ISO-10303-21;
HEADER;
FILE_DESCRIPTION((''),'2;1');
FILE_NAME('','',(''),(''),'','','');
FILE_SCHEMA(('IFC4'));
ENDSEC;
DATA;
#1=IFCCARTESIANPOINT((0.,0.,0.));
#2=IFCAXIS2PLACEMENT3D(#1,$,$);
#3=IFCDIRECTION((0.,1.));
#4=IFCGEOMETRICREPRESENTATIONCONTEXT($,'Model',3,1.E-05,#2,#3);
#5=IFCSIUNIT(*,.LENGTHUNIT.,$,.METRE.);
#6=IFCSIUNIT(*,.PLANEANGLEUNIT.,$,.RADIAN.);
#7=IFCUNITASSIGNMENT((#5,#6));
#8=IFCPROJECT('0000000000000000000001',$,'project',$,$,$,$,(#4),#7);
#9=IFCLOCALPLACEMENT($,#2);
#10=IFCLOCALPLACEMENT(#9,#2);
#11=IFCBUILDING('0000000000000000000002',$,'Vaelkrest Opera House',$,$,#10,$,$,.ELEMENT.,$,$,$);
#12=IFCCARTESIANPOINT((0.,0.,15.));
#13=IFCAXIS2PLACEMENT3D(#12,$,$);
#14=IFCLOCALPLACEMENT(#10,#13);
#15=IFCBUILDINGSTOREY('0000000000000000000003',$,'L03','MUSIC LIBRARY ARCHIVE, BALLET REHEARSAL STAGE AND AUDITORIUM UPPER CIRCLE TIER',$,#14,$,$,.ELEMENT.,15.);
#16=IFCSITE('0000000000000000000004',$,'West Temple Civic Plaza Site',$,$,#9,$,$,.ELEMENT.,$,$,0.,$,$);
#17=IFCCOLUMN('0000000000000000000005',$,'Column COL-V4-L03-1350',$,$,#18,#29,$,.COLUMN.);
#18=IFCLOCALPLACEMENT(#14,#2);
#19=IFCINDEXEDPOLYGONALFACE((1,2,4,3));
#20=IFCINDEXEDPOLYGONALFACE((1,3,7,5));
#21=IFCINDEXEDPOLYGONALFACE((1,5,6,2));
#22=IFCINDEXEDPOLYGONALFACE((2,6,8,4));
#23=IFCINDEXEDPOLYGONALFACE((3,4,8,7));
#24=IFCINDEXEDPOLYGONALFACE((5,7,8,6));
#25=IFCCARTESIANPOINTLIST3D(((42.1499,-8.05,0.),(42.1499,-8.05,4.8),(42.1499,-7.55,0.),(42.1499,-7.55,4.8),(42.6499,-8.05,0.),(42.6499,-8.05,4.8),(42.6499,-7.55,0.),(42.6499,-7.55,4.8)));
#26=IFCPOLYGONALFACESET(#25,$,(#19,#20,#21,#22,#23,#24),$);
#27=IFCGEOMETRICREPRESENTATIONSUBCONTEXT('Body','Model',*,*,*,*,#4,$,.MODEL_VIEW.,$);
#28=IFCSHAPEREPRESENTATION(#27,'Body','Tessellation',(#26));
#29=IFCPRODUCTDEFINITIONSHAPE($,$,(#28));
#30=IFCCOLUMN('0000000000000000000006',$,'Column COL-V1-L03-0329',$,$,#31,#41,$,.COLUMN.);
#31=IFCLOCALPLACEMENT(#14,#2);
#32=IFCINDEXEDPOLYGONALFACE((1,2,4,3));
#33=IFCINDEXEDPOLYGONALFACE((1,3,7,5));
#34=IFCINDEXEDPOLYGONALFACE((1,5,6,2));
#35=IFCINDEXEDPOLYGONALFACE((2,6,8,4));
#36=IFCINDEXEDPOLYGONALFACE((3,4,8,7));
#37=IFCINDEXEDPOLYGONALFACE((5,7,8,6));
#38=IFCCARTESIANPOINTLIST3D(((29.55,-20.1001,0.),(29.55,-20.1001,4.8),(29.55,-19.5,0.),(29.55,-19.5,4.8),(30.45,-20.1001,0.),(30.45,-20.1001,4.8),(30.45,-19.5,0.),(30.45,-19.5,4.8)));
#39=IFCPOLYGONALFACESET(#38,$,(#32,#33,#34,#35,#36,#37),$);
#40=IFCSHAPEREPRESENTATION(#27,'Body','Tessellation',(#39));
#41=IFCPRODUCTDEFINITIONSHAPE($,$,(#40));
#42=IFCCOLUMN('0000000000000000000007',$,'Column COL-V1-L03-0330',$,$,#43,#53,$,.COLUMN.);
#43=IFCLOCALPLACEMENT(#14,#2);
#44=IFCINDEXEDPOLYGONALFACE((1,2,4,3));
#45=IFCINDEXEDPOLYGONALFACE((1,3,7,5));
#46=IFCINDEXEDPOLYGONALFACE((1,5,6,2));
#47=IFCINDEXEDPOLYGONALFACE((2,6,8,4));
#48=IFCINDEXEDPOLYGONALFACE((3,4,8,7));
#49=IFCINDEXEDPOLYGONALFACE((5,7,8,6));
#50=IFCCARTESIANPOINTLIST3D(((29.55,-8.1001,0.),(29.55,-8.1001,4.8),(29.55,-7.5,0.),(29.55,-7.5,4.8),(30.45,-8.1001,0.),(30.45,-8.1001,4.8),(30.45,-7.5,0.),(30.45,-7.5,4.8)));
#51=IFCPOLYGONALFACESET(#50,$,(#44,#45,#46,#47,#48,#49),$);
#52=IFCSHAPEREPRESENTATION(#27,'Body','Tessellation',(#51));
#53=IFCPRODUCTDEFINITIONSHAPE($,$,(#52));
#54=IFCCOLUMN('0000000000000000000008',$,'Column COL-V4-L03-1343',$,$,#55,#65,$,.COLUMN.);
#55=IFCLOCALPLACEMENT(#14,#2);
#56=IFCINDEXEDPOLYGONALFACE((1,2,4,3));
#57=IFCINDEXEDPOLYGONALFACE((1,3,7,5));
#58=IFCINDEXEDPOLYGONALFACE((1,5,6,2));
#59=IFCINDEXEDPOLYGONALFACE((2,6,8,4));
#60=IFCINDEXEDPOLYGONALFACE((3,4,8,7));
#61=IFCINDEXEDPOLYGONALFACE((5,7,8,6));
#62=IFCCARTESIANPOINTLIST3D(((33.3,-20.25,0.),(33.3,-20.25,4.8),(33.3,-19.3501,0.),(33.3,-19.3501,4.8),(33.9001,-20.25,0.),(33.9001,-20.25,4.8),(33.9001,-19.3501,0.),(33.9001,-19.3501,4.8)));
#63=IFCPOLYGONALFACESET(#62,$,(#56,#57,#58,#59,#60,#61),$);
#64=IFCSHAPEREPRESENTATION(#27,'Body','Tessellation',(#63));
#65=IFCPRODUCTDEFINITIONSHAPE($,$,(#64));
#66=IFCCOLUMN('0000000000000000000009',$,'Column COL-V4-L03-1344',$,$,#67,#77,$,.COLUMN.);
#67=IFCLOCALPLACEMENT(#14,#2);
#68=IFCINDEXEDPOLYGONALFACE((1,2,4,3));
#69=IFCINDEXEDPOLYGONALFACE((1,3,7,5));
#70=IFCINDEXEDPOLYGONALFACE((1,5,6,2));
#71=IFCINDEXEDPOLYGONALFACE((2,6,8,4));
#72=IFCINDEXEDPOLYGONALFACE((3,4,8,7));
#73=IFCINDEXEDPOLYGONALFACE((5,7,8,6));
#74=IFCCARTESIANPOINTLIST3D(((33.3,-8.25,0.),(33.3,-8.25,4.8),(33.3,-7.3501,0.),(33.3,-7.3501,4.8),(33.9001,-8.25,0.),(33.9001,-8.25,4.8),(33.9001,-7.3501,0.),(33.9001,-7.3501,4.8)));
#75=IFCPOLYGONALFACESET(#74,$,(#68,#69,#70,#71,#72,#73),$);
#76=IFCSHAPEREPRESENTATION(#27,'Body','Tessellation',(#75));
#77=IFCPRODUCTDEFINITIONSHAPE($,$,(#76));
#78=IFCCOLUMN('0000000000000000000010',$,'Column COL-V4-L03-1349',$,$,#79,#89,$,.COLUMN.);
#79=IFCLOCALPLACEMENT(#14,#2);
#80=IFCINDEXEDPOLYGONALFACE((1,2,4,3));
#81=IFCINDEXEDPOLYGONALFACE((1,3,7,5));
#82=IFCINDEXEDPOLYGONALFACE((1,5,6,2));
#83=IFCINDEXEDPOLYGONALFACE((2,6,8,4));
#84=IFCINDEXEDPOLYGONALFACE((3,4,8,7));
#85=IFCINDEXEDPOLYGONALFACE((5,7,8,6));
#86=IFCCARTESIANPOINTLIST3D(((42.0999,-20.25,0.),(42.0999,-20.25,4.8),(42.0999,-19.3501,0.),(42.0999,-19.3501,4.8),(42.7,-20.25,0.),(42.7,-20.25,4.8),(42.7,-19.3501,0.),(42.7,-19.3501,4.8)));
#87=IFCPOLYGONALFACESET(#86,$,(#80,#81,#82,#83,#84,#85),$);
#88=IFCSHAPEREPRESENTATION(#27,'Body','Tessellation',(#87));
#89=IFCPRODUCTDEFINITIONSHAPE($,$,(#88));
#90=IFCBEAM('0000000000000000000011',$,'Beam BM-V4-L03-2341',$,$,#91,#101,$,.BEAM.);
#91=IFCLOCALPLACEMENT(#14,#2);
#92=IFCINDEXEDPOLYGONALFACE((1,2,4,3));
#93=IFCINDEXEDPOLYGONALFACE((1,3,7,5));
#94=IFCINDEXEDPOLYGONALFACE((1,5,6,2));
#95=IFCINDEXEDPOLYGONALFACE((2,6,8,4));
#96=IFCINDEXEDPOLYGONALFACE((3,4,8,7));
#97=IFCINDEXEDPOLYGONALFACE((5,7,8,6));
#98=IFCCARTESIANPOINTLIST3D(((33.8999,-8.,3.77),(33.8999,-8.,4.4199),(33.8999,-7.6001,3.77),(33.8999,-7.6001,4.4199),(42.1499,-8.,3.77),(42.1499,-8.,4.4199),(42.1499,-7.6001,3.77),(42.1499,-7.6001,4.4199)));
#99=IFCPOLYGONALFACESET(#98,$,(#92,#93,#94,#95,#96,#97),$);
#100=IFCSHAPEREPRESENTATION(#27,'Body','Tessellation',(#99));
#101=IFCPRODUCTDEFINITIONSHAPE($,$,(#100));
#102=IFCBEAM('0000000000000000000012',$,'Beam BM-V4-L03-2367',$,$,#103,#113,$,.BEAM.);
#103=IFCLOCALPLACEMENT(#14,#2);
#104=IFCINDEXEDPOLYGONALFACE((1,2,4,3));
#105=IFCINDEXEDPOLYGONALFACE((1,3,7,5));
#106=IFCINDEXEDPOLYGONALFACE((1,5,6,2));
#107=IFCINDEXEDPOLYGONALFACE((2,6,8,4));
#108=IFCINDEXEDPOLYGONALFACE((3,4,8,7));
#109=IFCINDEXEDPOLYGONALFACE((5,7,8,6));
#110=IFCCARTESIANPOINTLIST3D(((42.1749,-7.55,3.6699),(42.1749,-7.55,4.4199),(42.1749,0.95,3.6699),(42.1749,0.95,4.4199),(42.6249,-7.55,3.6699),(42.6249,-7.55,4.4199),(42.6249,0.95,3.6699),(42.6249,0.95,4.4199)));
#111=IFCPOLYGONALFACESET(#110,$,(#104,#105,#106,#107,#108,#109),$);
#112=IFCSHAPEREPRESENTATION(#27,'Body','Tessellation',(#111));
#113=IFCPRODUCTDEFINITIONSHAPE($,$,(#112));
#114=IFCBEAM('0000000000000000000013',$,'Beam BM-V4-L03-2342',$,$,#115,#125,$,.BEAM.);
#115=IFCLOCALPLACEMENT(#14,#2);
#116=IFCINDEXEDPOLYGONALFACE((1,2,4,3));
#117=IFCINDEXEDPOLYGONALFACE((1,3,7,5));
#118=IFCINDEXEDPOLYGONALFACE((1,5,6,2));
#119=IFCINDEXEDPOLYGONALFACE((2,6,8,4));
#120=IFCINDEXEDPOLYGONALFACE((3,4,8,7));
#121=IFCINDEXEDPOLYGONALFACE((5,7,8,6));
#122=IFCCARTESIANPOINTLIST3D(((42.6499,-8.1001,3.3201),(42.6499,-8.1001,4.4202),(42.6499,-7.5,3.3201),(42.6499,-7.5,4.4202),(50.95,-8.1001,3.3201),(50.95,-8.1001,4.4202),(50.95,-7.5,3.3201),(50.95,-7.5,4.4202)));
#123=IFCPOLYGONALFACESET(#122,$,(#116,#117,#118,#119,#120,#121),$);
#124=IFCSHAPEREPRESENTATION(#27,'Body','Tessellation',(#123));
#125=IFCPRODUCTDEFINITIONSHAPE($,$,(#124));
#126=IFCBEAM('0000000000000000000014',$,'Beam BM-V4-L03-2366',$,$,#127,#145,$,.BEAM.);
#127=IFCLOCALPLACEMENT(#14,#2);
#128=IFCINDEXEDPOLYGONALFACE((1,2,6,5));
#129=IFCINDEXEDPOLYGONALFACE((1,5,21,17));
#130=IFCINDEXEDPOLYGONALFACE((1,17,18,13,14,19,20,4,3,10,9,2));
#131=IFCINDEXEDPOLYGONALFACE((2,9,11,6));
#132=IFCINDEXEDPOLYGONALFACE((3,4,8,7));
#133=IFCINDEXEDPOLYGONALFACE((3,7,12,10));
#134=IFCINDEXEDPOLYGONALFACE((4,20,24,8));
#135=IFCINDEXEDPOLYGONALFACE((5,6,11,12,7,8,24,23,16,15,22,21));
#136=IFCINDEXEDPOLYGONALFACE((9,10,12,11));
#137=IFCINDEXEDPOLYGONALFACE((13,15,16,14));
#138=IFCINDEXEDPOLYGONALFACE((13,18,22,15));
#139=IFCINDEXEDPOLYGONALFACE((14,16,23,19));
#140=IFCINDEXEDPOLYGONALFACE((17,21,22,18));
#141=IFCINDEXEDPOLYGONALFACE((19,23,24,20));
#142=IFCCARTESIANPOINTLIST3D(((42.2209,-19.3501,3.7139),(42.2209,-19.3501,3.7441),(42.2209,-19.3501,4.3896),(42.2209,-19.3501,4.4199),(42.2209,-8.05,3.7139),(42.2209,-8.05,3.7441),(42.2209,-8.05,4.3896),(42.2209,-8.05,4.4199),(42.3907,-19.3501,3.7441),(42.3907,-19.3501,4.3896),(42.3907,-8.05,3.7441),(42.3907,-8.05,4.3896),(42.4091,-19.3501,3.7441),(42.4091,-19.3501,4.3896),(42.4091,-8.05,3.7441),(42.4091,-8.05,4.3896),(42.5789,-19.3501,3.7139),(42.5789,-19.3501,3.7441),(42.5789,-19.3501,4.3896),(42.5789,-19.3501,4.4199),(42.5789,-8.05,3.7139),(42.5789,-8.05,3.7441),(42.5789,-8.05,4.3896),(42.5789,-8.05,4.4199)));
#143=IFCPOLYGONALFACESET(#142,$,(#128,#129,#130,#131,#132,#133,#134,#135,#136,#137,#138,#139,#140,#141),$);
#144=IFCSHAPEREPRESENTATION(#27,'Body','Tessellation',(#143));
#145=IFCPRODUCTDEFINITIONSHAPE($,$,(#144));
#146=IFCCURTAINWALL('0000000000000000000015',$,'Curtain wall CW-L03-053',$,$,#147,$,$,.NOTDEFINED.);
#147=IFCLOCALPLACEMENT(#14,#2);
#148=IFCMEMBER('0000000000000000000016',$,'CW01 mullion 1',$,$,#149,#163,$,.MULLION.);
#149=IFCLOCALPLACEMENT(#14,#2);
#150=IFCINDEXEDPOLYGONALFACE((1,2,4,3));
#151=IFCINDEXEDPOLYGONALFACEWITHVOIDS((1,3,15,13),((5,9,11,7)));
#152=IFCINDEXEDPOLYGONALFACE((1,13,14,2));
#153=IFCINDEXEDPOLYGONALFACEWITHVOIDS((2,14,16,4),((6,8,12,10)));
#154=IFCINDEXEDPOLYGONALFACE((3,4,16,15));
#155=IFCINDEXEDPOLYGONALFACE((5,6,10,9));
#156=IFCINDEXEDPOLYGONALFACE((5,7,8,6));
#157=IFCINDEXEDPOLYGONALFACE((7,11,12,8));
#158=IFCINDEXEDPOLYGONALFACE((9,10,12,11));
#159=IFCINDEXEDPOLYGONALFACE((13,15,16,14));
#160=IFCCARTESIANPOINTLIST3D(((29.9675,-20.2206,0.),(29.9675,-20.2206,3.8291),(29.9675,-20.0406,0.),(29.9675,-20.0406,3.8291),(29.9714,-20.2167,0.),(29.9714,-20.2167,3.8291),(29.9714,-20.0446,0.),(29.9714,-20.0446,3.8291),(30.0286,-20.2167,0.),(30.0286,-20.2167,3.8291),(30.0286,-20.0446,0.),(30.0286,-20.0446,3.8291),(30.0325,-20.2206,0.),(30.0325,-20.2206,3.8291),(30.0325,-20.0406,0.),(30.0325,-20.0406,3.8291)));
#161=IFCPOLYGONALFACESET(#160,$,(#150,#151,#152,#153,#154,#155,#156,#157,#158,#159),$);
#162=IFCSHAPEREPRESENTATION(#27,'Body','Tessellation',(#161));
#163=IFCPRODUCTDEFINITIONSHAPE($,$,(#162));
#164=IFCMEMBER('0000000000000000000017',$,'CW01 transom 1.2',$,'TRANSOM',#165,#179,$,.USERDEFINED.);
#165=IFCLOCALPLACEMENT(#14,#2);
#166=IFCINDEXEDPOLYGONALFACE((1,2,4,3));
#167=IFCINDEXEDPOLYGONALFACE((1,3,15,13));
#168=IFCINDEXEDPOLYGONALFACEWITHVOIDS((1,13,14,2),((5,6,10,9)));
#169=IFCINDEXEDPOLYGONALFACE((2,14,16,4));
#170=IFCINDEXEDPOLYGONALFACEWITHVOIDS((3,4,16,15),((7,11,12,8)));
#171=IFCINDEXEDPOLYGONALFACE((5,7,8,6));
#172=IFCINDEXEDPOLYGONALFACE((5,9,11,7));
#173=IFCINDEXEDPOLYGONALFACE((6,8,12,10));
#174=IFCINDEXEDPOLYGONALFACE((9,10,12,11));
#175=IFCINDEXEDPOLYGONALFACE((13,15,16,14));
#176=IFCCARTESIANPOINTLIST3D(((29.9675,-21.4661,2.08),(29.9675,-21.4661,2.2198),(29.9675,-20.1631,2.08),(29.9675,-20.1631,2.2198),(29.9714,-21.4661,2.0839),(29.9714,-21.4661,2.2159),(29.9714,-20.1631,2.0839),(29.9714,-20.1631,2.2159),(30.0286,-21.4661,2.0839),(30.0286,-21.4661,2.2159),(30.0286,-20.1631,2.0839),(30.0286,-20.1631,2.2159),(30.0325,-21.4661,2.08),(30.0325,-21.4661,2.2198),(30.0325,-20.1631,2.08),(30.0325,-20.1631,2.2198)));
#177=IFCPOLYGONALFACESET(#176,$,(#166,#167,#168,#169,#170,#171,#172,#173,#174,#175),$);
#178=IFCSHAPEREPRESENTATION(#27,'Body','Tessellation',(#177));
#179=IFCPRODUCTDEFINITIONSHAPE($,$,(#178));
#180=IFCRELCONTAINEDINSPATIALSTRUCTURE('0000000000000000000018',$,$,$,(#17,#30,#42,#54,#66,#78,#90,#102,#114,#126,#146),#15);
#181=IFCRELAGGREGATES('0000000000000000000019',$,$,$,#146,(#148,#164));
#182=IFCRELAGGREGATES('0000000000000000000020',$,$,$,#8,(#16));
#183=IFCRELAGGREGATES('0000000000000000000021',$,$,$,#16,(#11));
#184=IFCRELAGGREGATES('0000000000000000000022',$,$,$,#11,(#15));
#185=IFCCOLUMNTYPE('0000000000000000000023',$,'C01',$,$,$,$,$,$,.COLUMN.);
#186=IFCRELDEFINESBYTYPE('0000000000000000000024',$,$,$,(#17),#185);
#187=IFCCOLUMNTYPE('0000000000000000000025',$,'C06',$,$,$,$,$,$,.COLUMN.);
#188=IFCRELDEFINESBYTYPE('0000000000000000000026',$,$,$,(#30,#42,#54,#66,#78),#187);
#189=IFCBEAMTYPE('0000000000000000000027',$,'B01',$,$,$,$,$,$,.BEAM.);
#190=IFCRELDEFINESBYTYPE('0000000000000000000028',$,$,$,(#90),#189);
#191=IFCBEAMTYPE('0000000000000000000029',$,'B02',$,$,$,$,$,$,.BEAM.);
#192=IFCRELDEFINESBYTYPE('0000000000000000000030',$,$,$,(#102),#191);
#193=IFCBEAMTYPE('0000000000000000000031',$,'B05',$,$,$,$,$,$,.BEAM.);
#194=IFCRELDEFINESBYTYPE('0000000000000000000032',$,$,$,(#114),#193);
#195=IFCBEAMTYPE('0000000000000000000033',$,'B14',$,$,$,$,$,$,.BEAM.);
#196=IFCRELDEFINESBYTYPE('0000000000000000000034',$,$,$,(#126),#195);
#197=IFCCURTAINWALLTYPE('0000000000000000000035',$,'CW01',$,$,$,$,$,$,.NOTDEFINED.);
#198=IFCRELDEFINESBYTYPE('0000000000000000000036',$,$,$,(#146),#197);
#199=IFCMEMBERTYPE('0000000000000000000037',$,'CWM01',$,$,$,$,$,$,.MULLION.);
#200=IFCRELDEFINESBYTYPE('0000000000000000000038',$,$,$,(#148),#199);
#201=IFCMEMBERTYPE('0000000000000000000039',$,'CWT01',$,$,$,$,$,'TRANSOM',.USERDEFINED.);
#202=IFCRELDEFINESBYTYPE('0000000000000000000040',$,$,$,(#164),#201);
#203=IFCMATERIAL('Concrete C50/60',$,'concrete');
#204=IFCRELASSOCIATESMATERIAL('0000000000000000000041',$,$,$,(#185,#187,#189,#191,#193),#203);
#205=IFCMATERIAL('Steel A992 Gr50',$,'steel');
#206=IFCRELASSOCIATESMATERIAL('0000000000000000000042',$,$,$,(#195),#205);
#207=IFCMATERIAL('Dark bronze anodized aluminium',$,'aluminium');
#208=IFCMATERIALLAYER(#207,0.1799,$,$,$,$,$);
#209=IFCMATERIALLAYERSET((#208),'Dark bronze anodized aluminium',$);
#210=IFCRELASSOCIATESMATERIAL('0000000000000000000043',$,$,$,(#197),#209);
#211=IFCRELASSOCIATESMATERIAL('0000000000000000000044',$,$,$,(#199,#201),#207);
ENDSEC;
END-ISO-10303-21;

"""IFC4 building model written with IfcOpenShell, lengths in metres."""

from ifc_helpers import new_model, si_unit, direction, frame, origin, origin_2d, place, context, subcontext, project, spatial, rectangle, hollow_rectangle, i_section, extrude, material, layer, layer_set, material_profile, profile_set, type_object, element, aggregate, save


model = new_model("IFC4")

# Units and contexts
model_context = context("Model", 3, precision=1e-05, world=origin(), true_north=direction((0.0, 1.0)))
body_context = subcontext(model_context, "Body", "Model", "MODEL_VIEW")
ifc_project = project(units=[si_unit("LENGTHUNIT", "METRE"), si_unit("PLANEANGLEUNIT", "RADIAN")], contexts=[model_context])

# Site, building, storey
site_placement = place(None, origin())
site = spatial("IfcSite", under=ifc_project, at=site_placement, Name="West Temple Civic Plaza Site", CompositionType="ELEMENT", RefElevation=0.0)
building_placement = place(site_placement, origin())
building = spatial("IfcBuilding", under=site, at=building_placement, Name="Vaelkrest Opera House", CompositionType="ELEMENT")
storey_placement = place(building_placement, frame((0.0, 0.0, 15.0)))
storey = spatial("IfcBuildingStorey", under=building, at=storey_placement, Name="L03", Description="MUSIC LIBRARY ARCHIVE, BALLET REHEARSAL STAGE AND AUDITORIUM UPPER CIRCLE TIER", CompositionType="ELEMENT", Elevation=15.0)

# Columns
ifc_material_1 = material(Name="Concrete C50/60", Category="concrete")
ifc_material_profile_1 = material_profile(ifc_material_1, rectangle(XDim=0.5, YDim=0.5, at=origin_2d()), Name="RC500X500")
ifc_profile_set_1 = profile_set([ifc_material_profile_1], Name="Concrete C50/60")
column_type_1 = type_object("IfcColumnType", Name="C01", PredefinedType="COLUMN", material=ifc_profile_set_1)
column_placement = place(storey_placement, frame((42.3999, -7.8, 0.0), z_axis=(0.0, 0.0, 1.0), x_axis=(1.0, 0.0, 0.0)))
element("IfcColumn", 1, at=column_placement, inside=storey, type_object=column_type_1, Name="Column COL-V4-L03-1350", PredefinedType="COLUMN", context=body_context, shape_type="SweptSolid", body=[
    extrude(rectangle(XDim=0.5, YDim=0.5, at=origin_2d()), origin(), (0.0, 0.0, 1.0), 4.8),
])
ifc_material_profile_2 = material_profile(ifc_material_1, rectangle(XDim=0.6001, YDim=0.8999, at=origin_2d()), Name="RC600X900")
ifc_profile_set_2 = profile_set([ifc_material_profile_2], Name="Concrete C50/60")
column_type_2 = type_object("IfcColumnType", Name="C06", PredefinedType="COLUMN", material=ifc_profile_set_2)
for number, where, z_axis, x_axis, name in (
    (2, (30.0, -19.8, 0.0), (0.0, 0.0, 1.0), (0.0, 1.0, 0.0), "Column COL-V1-L03-0329"),
    (3, (30.0, -7.8, 0.0), (0.0, 0.0, 1.0), (0.0, 1.0, 0.0), "Column COL-V1-L03-0330"),
    (4, (33.6001, -19.8, 0.0), (0.0, 0.0, 1.0), (1.0, 0.0, 0.0), "Column COL-V4-L03-1343"),
    (5, (33.6001, -7.8, 0.0), (0.0, 0.0, 1.0), (1.0, 0.0, 0.0), "Column COL-V4-L03-1344"),
    (6, (42.3999, -19.8, 0.0), (0.0, 0.0, 1.0), (1.0, 0.0, 0.0), "Column COL-V4-L03-1349"),
):
    element("IfcColumn", number, at=place(storey_placement, frame(where, z_axis=z_axis, x_axis=x_axis)), inside=storey, type_object=column_type_2, Name=name, PredefinedType="COLUMN", context=body_context, shape_type="SweptSolid", body=[
        extrude(rectangle(XDim=0.6001, YDim=0.8999, at=origin_2d()), origin(), (0.0, 0.0, 1.0), 4.8),
    ])

# Beams
ifc_material_profile_3 = material_profile(ifc_material_1, rectangle(XDim=0.3999, YDim=0.6499, at=origin_2d()), Name="RCB400X650")
ifc_profile_set_3 = profile_set([ifc_material_profile_3], Name="Concrete C50/60")
beam_type_1 = type_object("IfcBeamType", Name="B01", PredefinedType="BEAM", material=ifc_profile_set_3)
beam_1_placement = place(storey_placement, frame((33.8999, -7.8, 4.095), z_axis=(1.0, 0.0, 0.0), x_axis=(0.0, 1.0, 0.0)))
element("IfcBeam", 7, at=beam_1_placement, inside=storey, type_object=beam_type_1, Name="Beam BM-V4-L03-2341", PredefinedType="BEAM", context=body_context, shape_type="SweptSolid", body=[
    extrude(rectangle(XDim=0.3999, YDim=0.6499, at=origin_2d()), origin(), (0.0, 0.0, 1.0), 8.25),
])
ifc_material_profile_4 = material_profile(ifc_material_1, rectangle(XDim=0.45, YDim=0.75, at=origin_2d()), Name="RCB450X750")
ifc_profile_set_4 = profile_set([ifc_material_profile_4], Name="Concrete C50/60")
beam_type_2 = type_object("IfcBeamType", Name="B02", PredefinedType="BEAM", material=ifc_profile_set_4)
beam_2_placement = place(storey_placement, frame((42.3999, -7.55, 4.0449), z_axis=(0.0, 1.0, 0.0), x_axis=(-1.0, 0.0, 0.0)))
element("IfcBeam", 8, at=beam_2_placement, inside=storey, type_object=beam_type_2, Name="Beam BM-V4-L03-2367", PredefinedType="BEAM", context=body_context, shape_type="SweptSolid", body=[
    extrude(rectangle(XDim=0.45, YDim=0.75, at=origin_2d()), origin(), (0.0, 0.0, 1.0), 8.5),
])
ifc_material_profile_5 = material_profile(ifc_material_1, rectangle(XDim=0.6001, YDim=1.1001, at=origin_2d()), Name="RCB600X1100")
ifc_profile_set_5 = profile_set([ifc_material_profile_5], Name="Concrete C50/60")
beam_type_3 = type_object("IfcBeamType", Name="B05", PredefinedType="BEAM", material=ifc_profile_set_5)
beam_3_placement = place(storey_placement, frame((42.6499, -7.8, 3.8701), z_axis=(1.0, 0.0, 0.0), x_axis=(0.0, 1.0, 0.0)))
element("IfcBeam", 9, at=beam_3_placement, inside=storey, type_object=beam_type_3, Name="Beam BM-V4-L03-2342", PredefinedType="BEAM", context=body_context, shape_type="SweptSolid", body=[
    extrude(rectangle(XDim=0.6001, YDim=1.1001, at=origin_2d()), origin(), (0.0, 0.0, 1.0), 8.3),
])
ifc_material_2 = material(Name="Steel A992 Gr50", Category="steel")
ifc_material_profile_6 = material_profile(ifc_material_2, i_section(OverallWidth=0.3579, OverallDepth=0.7061, WebThickness=0.0183, FlangeThickness=0.0303, at=origin_2d()), Name="W27X178")
ifc_profile_set_6 = profile_set([ifc_material_profile_6], Name="Steel A992 Gr50")
beam_type_4 = type_object("IfcBeamType", Name="B14", PredefinedType="BEAM", material=ifc_profile_set_6)
beam_4_placement = place(storey_placement, frame((42.3999, -19.3501, 4.0669), z_axis=(0.0, 1.0, 0.0), x_axis=(-1.0, 0.0, 0.0)))
element("IfcBeam", 10, at=beam_4_placement, inside=storey, type_object=beam_type_4, Name="Beam BM-V4-L03-2366", PredefinedType="BEAM", context=body_context, shape_type="SweptSolid", body=[
    extrude(i_section(OverallWidth=0.3579, OverallDepth=0.7061, WebThickness=0.0183, FlangeThickness=0.0303, at=origin_2d()), origin(), (0.0, 0.0, 1.0), 11.3),
])

# Curtain wall, members
ifc_material_3 = material(Name="Dark bronze anodized aluminium", Category="aluminium")
ifc_layer_1 = layer(ifc_material_3, 0.1799)
ifc_layer_set_1 = layer_set([ifc_layer_1], Name="Dark bronze anodized aluminium")
curtain_wall_type = type_object("IfcCurtainWallType", Name="CW01", PredefinedType="NOTDEFINED", material=ifc_layer_set_1)
curtain_wall_placement = place(storey_placement, origin())
curtain_wall = element("IfcCurtainWall", 11, at=curtain_wall_placement, inside=storey, type_object=curtain_wall_type, Name="Curtain wall CW-L03-053", PredefinedType="NOTDEFINED")
ifc_material_profile_7 = material_profile(ifc_material_3, hollow_rectangle(XDim=0.0649, YDim=0.1799, WallThickness=0.0039, at=origin_2d()), Name="CWM65X180")
ifc_profile_set_7 = profile_set([ifc_material_profile_7], Name="Dark bronze anodized aluminium")
member_type_1 = type_object("IfcMemberType", Name="CWM01", PredefinedType="MULLION", material=ifc_profile_set_7)
member_1_placement = place(storey_placement, frame((30.0, -20.1306, 0.0), z_axis=(0.0, 0.0, 1.0), x_axis=(1.0, 0.0, 0.0)))
member_1 = element("IfcMember", 12, at=member_1_placement, type_object=member_type_1, Name="CW01 mullion 1", PredefinedType="MULLION", context=body_context, shape_type="SweptSolid", body=[
    extrude(hollow_rectangle(XDim=0.0649, YDim=0.1799, WallThickness=0.0039, at=origin_2d()), origin(), (0.0, 0.0, 1.0), 3.8291),
])
ifc_material_profile_8 = material_profile(ifc_material_3, hollow_rectangle(XDim=0.0649, YDim=0.1399, WallThickness=0.0039, at=origin_2d()), Name="CWT65X140")
ifc_profile_set_8 = profile_set([ifc_material_profile_8], Name="Dark bronze anodized aluminium")
member_type_2 = type_object("IfcMemberType", Name="CWT01", ElementType="TRANSOM", PredefinedType="USERDEFINED", material=ifc_profile_set_8)
member_2_placement = place(storey_placement, frame((30.0, -20.1631, 2.1499), z_axis=(0.0, -1.0, 0.0), x_axis=(1.0, 0.0, 0.0)))
member_2 = element("IfcMember", 13, at=member_2_placement, type_object=member_type_2, Name="CW01 transom 1.2", ObjectType="TRANSOM", PredefinedType="USERDEFINED", context=body_context, shape_type="SweptSolid", body=[
    extrude(hollow_rectangle(XDim=0.0649, YDim=0.1399, WallThickness=0.0039, at=origin_2d()), origin(), (0.0, 0.0, 1.0), 1.303),
])
aggregate(curtain_wall, [member_1, member_2])

save(model, "model.ifc")
